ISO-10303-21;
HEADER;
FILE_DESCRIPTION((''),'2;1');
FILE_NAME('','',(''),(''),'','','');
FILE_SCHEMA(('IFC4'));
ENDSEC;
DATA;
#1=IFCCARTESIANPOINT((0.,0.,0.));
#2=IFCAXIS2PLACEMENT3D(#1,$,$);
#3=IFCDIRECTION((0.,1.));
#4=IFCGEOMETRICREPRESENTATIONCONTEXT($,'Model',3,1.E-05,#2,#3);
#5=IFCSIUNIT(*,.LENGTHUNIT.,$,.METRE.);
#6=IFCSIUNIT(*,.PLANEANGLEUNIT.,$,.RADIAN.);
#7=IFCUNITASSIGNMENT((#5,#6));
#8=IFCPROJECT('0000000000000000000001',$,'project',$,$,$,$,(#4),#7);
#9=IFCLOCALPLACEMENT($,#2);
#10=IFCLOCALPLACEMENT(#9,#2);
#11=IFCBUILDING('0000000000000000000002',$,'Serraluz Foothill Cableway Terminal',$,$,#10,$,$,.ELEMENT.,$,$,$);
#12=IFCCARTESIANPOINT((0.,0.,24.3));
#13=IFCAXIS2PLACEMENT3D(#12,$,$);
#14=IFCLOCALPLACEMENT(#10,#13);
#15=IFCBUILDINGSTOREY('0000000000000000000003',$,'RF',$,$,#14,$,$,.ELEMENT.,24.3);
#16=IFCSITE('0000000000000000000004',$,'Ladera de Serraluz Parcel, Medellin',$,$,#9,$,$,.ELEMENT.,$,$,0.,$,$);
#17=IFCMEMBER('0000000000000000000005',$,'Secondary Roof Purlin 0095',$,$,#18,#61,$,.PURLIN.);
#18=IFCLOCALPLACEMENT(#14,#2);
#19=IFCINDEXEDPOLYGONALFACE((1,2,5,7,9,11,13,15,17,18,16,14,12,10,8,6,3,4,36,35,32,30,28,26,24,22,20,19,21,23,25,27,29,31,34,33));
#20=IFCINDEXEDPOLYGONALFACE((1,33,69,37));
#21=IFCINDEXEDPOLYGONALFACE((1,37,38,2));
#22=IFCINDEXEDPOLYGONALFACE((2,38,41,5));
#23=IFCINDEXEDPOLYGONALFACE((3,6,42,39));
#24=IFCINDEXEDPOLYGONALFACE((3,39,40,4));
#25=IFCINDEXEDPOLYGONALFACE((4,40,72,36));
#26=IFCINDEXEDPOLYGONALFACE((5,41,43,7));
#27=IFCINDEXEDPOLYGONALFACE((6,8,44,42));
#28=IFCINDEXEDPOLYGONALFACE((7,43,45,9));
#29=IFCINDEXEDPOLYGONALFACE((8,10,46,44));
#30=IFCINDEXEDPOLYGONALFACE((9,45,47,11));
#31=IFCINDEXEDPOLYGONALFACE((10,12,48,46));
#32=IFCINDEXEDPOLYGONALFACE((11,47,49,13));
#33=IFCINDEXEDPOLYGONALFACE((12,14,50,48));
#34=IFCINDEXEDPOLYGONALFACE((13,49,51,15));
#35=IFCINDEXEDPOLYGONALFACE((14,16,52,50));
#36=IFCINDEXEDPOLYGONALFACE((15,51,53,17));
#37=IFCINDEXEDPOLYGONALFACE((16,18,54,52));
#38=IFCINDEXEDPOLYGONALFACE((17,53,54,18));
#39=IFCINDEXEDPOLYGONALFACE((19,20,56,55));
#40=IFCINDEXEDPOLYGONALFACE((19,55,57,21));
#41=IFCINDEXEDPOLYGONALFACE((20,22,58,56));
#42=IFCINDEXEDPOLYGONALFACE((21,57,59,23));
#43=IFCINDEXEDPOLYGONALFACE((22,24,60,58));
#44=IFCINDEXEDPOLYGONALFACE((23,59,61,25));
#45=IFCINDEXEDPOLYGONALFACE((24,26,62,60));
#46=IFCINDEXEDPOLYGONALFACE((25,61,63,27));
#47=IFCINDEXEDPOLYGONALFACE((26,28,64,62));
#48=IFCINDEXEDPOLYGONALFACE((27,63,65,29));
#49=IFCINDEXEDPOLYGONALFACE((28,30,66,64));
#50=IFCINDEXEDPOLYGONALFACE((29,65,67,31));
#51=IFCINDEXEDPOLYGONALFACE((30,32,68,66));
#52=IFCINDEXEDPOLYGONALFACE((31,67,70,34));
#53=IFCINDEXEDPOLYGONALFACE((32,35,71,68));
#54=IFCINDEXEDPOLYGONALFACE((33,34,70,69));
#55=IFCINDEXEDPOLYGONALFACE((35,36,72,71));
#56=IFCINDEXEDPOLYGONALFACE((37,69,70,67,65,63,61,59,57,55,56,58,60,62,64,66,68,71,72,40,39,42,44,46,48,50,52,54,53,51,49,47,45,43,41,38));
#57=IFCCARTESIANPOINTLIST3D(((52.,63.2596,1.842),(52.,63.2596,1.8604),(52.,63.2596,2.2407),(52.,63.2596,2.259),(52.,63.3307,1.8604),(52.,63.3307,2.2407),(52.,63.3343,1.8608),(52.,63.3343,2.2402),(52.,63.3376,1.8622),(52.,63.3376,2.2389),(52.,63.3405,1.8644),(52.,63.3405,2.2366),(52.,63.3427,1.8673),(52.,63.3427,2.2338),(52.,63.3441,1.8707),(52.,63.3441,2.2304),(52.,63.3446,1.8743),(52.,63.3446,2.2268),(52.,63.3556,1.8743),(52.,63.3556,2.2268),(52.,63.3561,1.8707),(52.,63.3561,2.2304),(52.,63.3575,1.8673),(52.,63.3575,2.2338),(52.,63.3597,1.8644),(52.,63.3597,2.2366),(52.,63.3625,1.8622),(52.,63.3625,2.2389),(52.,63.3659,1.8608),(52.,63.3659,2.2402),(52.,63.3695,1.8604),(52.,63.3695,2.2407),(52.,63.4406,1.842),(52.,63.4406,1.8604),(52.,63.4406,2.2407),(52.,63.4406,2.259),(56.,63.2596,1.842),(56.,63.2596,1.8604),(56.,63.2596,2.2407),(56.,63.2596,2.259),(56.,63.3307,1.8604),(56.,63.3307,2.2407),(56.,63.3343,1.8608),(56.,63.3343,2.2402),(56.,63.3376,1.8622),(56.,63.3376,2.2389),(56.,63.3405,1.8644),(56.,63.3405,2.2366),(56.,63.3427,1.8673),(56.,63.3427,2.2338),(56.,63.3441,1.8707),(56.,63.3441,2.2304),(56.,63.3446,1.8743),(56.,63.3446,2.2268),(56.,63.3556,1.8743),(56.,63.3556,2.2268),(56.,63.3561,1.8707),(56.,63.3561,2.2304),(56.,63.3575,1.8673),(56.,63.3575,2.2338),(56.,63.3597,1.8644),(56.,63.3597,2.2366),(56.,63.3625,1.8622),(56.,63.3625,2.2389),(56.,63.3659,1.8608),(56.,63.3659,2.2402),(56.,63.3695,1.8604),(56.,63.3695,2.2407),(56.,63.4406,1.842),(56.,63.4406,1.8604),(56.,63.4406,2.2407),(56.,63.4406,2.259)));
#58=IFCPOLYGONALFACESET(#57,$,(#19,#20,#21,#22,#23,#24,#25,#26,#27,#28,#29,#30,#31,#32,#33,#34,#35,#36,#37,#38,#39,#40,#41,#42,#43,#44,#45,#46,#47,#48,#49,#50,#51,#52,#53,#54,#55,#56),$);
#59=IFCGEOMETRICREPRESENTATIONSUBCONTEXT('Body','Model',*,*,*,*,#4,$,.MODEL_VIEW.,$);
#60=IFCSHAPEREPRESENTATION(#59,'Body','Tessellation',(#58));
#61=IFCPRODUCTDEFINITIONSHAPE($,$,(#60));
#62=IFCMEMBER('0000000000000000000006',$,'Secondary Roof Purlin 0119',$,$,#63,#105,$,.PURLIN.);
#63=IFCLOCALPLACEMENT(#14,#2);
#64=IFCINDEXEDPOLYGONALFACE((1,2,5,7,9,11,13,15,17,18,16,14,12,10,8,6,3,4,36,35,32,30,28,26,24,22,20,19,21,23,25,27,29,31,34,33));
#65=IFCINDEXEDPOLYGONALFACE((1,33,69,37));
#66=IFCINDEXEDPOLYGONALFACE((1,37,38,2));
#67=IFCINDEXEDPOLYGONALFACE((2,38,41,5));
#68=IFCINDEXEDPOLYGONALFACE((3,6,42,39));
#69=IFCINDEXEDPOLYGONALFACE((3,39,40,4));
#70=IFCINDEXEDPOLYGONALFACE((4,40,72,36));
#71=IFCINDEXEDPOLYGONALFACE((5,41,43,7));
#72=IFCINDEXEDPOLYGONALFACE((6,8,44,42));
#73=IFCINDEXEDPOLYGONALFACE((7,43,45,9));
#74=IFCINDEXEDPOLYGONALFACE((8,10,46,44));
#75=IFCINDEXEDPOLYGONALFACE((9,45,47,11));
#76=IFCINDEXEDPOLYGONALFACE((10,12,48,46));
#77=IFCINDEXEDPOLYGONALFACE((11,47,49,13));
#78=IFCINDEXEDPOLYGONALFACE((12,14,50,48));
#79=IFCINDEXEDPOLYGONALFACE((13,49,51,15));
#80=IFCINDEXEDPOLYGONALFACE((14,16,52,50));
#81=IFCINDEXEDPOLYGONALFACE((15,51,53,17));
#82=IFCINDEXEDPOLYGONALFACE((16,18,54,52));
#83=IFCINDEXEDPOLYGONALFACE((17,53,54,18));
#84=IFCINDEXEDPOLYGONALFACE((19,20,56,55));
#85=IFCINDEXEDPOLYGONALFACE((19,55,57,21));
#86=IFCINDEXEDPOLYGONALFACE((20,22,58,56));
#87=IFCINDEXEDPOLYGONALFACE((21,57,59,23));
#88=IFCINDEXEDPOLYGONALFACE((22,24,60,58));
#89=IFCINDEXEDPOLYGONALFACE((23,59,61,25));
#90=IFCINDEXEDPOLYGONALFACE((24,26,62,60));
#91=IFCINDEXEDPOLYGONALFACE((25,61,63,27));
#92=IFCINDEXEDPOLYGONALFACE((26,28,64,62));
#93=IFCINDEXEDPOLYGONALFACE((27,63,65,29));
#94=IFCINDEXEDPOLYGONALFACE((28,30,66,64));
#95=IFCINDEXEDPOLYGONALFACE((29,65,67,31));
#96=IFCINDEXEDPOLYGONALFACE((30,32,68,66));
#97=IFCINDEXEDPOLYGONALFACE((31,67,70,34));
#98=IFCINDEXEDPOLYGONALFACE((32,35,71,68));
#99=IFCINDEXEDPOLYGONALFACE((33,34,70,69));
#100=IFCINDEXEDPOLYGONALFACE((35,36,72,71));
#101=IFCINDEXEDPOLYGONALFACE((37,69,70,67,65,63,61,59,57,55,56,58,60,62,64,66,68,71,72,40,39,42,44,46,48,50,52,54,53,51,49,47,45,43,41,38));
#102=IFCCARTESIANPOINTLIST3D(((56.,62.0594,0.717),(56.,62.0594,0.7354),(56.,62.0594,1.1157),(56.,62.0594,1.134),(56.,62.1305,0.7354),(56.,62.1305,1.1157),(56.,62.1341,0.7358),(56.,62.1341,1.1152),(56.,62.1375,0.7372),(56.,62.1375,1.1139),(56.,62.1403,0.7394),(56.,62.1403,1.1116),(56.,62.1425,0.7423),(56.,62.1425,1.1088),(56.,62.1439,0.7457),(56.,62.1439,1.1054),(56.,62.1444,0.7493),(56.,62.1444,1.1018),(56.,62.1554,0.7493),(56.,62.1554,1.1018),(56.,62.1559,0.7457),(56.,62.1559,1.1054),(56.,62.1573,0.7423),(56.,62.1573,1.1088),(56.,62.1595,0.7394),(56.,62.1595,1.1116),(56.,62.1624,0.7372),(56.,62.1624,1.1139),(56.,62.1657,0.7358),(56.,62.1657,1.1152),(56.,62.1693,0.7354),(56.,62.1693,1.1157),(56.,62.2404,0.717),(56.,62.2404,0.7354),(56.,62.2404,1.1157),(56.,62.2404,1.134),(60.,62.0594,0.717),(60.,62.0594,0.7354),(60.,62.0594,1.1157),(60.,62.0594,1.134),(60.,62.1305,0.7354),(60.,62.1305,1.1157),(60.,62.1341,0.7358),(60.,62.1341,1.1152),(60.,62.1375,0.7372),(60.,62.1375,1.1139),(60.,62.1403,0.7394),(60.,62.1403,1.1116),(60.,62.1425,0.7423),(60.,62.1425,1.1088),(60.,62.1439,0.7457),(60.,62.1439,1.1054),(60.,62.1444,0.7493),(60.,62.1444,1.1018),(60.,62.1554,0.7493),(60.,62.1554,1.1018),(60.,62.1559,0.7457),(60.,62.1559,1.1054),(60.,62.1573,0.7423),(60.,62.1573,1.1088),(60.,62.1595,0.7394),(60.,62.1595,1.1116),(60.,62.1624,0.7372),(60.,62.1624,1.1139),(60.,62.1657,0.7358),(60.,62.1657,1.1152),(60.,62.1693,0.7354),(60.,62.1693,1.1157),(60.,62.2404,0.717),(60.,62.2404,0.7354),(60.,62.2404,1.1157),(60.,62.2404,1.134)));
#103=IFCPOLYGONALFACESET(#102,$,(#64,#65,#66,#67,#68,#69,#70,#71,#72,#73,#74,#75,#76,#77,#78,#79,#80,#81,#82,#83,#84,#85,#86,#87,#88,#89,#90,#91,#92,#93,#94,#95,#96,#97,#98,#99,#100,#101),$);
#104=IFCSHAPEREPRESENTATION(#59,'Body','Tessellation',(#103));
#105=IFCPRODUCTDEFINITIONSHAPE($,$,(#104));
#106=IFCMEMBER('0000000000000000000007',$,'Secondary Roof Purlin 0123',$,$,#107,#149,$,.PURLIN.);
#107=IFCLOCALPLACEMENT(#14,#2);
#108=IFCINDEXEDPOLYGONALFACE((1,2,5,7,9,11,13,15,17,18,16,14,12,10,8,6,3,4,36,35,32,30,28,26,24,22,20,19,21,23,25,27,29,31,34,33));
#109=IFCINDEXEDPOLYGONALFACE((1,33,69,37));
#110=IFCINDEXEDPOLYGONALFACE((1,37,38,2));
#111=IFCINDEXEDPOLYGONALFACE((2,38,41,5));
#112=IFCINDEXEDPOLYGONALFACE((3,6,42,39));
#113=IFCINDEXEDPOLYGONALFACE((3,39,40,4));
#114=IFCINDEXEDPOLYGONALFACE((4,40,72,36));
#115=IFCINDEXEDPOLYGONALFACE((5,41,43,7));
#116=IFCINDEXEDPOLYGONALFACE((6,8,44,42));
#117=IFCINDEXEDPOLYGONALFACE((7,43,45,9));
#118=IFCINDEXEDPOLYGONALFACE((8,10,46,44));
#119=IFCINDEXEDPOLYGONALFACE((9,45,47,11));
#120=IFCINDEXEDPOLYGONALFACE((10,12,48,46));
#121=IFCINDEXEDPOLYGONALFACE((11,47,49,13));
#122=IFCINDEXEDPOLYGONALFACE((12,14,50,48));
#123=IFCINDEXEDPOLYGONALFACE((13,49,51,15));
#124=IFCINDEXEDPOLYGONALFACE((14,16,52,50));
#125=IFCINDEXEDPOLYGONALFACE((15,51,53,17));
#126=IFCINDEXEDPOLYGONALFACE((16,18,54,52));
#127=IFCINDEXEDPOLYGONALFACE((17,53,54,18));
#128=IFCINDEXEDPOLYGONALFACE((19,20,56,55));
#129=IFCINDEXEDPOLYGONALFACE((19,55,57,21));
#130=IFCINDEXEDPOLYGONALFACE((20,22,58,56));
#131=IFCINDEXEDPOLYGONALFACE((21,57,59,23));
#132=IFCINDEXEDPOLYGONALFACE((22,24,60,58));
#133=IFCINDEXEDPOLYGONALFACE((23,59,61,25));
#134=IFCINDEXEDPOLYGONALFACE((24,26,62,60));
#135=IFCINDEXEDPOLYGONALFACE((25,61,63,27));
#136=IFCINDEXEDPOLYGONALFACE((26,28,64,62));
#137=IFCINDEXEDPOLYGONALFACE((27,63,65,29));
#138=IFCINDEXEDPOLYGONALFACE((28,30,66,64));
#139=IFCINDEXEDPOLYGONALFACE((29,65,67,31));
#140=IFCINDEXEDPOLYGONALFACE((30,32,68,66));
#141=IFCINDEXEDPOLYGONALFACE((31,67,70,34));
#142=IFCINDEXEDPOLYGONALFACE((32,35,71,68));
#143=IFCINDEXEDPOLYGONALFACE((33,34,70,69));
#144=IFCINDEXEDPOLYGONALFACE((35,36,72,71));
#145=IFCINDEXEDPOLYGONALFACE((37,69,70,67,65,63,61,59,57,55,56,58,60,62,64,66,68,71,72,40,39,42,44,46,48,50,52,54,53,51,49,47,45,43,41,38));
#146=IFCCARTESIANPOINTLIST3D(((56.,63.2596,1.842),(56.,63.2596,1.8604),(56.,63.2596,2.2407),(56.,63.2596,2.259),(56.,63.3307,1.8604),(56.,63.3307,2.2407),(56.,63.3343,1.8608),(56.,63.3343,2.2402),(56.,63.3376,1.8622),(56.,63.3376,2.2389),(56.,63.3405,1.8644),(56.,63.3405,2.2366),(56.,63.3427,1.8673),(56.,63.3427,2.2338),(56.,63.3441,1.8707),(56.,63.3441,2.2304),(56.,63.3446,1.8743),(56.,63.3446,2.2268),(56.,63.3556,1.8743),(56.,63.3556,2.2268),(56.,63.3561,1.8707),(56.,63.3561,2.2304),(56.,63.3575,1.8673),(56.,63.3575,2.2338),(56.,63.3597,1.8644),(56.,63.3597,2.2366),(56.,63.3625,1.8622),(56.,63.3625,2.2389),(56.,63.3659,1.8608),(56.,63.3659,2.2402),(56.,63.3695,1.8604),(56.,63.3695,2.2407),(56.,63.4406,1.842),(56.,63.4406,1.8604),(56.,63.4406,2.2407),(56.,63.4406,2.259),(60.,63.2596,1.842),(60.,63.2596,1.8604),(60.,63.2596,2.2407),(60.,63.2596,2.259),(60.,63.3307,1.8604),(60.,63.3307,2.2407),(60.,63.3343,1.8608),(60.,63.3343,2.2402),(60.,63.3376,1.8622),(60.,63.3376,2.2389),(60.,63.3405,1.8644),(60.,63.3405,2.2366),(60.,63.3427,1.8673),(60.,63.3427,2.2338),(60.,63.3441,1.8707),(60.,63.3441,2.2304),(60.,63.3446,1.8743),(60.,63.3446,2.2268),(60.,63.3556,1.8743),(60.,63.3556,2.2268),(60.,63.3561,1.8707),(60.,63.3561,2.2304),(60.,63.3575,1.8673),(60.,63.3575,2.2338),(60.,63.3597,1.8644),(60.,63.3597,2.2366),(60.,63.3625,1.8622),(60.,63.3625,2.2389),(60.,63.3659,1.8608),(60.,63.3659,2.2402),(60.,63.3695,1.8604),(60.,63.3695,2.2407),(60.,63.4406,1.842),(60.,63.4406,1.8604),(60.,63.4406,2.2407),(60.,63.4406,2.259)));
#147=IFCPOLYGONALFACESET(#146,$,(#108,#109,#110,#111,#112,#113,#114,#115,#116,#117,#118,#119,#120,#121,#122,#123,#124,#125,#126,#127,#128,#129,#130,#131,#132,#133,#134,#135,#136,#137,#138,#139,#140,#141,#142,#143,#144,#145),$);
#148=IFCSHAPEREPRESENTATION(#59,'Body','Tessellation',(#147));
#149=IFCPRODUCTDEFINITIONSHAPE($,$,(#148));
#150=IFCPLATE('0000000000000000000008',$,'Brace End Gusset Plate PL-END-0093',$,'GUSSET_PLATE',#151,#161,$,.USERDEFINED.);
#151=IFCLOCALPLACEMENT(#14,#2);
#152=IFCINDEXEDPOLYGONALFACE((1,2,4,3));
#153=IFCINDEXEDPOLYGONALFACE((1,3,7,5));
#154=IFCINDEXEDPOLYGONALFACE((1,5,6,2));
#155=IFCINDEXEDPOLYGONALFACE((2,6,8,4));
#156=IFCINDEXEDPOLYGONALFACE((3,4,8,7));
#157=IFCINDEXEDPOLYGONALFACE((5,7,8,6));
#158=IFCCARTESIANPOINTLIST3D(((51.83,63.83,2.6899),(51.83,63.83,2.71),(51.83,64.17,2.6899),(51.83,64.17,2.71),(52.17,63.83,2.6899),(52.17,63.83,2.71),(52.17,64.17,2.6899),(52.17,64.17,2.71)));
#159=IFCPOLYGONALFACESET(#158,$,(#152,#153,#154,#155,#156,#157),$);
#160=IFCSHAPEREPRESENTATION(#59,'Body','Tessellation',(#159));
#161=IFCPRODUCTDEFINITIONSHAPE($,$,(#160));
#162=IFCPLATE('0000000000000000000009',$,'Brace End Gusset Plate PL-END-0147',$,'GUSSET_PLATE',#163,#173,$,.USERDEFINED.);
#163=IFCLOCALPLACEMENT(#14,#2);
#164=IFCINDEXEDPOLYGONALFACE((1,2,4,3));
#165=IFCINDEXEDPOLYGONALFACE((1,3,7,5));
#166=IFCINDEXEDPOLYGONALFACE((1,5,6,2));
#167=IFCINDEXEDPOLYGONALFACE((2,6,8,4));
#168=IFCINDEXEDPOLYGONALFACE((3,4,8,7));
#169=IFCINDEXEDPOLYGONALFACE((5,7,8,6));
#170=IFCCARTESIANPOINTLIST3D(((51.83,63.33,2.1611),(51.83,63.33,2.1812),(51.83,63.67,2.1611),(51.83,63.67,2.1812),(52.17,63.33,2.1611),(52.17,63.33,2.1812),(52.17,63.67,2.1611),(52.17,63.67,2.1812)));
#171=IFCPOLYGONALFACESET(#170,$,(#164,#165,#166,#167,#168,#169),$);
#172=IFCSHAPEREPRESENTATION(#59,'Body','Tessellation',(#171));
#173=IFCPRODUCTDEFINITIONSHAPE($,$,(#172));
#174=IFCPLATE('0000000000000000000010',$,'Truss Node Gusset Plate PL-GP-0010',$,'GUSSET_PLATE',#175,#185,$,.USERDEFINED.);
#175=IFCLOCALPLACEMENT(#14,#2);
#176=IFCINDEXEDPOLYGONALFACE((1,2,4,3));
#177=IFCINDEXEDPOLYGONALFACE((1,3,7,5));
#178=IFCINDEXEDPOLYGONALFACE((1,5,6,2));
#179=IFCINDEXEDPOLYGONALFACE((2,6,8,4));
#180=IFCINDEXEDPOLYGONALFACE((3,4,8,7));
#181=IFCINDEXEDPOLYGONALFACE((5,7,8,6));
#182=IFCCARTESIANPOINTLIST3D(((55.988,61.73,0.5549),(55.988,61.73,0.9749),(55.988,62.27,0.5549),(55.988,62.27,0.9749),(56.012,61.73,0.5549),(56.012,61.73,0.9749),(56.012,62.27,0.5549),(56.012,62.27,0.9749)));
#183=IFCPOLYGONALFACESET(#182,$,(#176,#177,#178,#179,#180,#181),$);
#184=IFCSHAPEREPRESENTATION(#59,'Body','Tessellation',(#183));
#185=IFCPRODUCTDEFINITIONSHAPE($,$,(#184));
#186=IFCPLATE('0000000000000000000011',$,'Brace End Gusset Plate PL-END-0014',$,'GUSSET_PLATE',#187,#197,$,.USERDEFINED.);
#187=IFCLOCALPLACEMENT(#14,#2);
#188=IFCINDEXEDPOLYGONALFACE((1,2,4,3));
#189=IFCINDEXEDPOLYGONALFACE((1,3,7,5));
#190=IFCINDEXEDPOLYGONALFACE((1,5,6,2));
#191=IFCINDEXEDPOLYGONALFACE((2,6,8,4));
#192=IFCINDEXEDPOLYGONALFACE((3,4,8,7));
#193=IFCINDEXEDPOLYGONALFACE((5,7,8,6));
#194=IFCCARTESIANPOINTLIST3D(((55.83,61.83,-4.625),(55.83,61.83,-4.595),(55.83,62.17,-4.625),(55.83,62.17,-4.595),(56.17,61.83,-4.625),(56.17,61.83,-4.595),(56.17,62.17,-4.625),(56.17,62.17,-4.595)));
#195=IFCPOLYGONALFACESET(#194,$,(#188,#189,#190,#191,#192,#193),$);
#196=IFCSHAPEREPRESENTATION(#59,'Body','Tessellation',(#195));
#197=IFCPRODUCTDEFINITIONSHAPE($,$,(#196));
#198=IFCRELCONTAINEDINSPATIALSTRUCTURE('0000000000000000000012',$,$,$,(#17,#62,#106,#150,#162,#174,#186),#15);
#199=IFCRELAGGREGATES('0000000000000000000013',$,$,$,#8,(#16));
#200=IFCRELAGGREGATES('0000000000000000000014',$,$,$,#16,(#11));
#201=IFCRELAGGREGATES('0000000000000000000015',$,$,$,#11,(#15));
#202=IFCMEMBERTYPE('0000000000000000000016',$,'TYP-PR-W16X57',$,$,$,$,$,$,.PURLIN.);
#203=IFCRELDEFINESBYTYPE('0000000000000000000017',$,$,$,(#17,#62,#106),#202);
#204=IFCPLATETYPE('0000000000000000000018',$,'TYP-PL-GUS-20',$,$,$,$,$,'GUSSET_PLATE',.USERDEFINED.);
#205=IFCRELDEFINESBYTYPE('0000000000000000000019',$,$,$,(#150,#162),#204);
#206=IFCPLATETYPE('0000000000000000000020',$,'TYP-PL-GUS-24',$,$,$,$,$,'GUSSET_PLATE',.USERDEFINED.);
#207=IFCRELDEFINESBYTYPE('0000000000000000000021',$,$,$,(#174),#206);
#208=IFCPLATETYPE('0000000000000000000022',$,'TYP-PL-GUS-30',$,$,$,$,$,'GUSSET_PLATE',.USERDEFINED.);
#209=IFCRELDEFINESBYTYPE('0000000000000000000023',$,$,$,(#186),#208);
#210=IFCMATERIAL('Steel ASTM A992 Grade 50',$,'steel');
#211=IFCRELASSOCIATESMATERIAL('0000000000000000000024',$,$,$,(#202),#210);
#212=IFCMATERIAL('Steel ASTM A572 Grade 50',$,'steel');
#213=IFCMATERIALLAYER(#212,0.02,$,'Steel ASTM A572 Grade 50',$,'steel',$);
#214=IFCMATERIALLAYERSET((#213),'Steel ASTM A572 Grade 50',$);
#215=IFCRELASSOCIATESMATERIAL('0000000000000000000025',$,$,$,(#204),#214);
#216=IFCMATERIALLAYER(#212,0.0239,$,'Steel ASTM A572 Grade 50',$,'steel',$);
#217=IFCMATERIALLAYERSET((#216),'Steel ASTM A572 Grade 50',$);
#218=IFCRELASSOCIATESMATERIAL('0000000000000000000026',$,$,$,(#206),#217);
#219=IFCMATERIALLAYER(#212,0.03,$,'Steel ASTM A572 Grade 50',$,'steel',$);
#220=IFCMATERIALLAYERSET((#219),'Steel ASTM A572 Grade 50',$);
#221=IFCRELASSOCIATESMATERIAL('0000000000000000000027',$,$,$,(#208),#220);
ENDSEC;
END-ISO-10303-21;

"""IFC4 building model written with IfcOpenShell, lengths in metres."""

from ifc_helpers import new_model, si_unit, direction, frame, origin, origin_2d, place, context, subcontext, project, spatial, rectangle, i_section, extrude, material, layer, layer_set, material_profile, profile_set, type_object, element, save


model = new_model("IFC4")

# Units and contexts
model_context = context("Model", 3, precision=1e-05, world=origin(), true_north=direction((0.0, 1.0)))
body_context = subcontext(model_context, "Body", "Model", "MODEL_VIEW")
ifc_project = project(units=[si_unit("LENGTHUNIT", "METRE"), si_unit("PLANEANGLEUNIT", "RADIAN")], contexts=[model_context])

# Site, building, storey
site_placement = place(None, origin())
site = spatial("IfcSite", under=ifc_project, at=site_placement, Name="Ladera de Serraluz Parcel, Medellin", CompositionType="ELEMENT", RefElevation=0.0)
building_placement = place(site_placement, origin())
building = spatial("IfcBuilding", under=site, at=building_placement, Name="Serraluz Foothill Cableway Terminal", CompositionType="ELEMENT")
storey_placement = place(building_placement, frame((0.0, 0.0, 24.3)))
storey = spatial("IfcBuildingStorey", under=building, at=storey_placement, Name="RF", CompositionType="ELEMENT", Elevation=24.3)

# Members
ifc_material_1 = material(Name="Steel ASTM A572 Grade 50", Category="steel")
ifc_material_2 = material(Name="Steel ASTM A992 Grade 50", Category="steel")
ifc_material_profile_1 = material_profile(ifc_material_2, i_section(OverallWidth=0.1809, OverallDepth=0.417, WebThickness=0.011, FlangeThickness=0.0183, FilletRadius=0.0139, at=origin_2d()), Name="W16X57")
ifc_profile_set_1 = profile_set([ifc_material_profile_1], Name="Steel ASTM A992 Grade 50")
member_type_1 = type_object("IfcMemberType", Name="TYP-PR-W16X57", PredefinedType="PURLIN", material=ifc_profile_set_1)
for number, where, z_axis, x_axis, name in (
    (1, (52.0, 63.3501, 2.0505), (1.0, 0.0, 0.0), (0.0, 1.0, 0.0), "Secondary Roof Purlin 0095"),
    (2, (56.0, 62.1499, 0.9255), (1.0, 0.0, 0.0), (0.0, 1.0, 0.0), "Secondary Roof Purlin 0119"),
    (3, (56.0, 63.3501, 2.0505), (1.0, 0.0, 0.0), (0.0, 1.0, 0.0), "Secondary Roof Purlin 0123"),
):
    element("IfcMember", number, at=place(storey_placement, frame(where, z_axis=z_axis, x_axis=x_axis)), inside=storey, type_object=member_type_1, Name=name, PredefinedType="PURLIN", context=body_context, shape_type="SweptSolid", body=[
        extrude(i_section(OverallWidth=0.1809, OverallDepth=0.417, WebThickness=0.011, FlangeThickness=0.0183, FilletRadius=0.0139, at=origin_2d()), origin(), (0.0, 0.0, 1.0), 4.0),
    ])

# Plates
ifc_layer_1 = layer(ifc_material_1, 0.02, Name="Steel ASTM A572 Grade 50", Category="steel")
ifc_layer_set_1 = layer_set([ifc_layer_1], Name="Steel ASTM A572 Grade 50")
plate_type_1 = type_object("IfcPlateType", Name="TYP-PL-GUS-20", ElementType="GUSSET_PLATE", PredefinedType="USERDEFINED", material=ifc_layer_set_1)
for number, where, z_axis, x_axis, name in (
    (4, (52.0, 64.0, 2.6899), (0.0, 0.0, 1.0), (1.0, 0.0, 0.0), "Brace End Gusset Plate PL-END-0093"),
    (5, (52.0, 63.5, 2.1611), (0.0, 0.0, 1.0), (1.0, 0.0, 0.0), "Brace End Gusset Plate PL-END-0147"),
):
    element("IfcPlate", number, at=place(storey_placement, frame(where, z_axis=z_axis, x_axis=x_axis)), inside=storey, type_object=plate_type_1, Name=name, ObjectType="GUSSET_PLATE", PredefinedType="USERDEFINED", context=body_context, shape_type="SweptSolid", body=[
        extrude(rectangle(XDim=0.3401, YDim=0.3401, at=origin_2d()), origin(), (0.0, 0.0, 1.0), 0.02),
    ])
ifc_layer_2 = layer(ifc_material_1, 0.0239, Name="Steel ASTM A572 Grade 50", Category="steel")
ifc_layer_set_2 = layer_set([ifc_layer_2], Name="Steel ASTM A572 Grade 50")
plate_type_2 = type_object("IfcPlateType", Name="TYP-PL-GUS-24", ElementType="GUSSET_PLATE", PredefinedType="USERDEFINED", material=ifc_layer_set_2)
plate_placement = place(storey_placement, frame((56.0, 62.0, 0.5549), z_axis=(0.0, 0.0, 1.0), x_axis=(1.0, 0.0, 0.0)))
element("IfcPlate", 6, at=plate_placement, inside=storey, type_object=plate_type_2, Name="Truss Node Gusset Plate PL-GP-0010", ObjectType="GUSSET_PLATE", PredefinedType="USERDEFINED", context=body_context, shape_type="SweptSolid", body=[
    extrude(rectangle(XDim=0.0239, YDim=0.54, at=origin_2d()), origin(), (0.0, 0.0, 1.0), 0.4199),
])
ifc_layer_3 = layer(ifc_material_1, 0.03, Name="Steel ASTM A572 Grade 50", Category="steel")
ifc_layer_set_3 = layer_set([ifc_layer_3], Name="Steel ASTM A572 Grade 50")
plate_type_3 = type_object("IfcPlateType", Name="TYP-PL-GUS-30", ElementType="GUSSET_PLATE", PredefinedType="USERDEFINED", material=ifc_layer_set_3)
for number, where, z_axis, x_axis, name in (
    (7, (56.0, 62.0, -4.625), (0.0, 0.0, 1.0), (1.0, 0.0, 0.0), "Brace End Gusset Plate PL-END-0014"),
):
    element("IfcPlate", number, at=place(storey_placement, frame(where, z_axis=z_axis, x_axis=x_axis)), inside=storey, type_object=plate_type_3, Name=name, ObjectType="GUSSET_PLATE", PredefinedType="USERDEFINED", context=body_context, shape_type="SweptSolid", body=[
        extrude(rectangle(XDim=0.3401, YDim=0.3401, at=origin_2d()), origin(), (0.0, 0.0, 1.0), 0.03),
    ])

save(model, "model.ifc")
